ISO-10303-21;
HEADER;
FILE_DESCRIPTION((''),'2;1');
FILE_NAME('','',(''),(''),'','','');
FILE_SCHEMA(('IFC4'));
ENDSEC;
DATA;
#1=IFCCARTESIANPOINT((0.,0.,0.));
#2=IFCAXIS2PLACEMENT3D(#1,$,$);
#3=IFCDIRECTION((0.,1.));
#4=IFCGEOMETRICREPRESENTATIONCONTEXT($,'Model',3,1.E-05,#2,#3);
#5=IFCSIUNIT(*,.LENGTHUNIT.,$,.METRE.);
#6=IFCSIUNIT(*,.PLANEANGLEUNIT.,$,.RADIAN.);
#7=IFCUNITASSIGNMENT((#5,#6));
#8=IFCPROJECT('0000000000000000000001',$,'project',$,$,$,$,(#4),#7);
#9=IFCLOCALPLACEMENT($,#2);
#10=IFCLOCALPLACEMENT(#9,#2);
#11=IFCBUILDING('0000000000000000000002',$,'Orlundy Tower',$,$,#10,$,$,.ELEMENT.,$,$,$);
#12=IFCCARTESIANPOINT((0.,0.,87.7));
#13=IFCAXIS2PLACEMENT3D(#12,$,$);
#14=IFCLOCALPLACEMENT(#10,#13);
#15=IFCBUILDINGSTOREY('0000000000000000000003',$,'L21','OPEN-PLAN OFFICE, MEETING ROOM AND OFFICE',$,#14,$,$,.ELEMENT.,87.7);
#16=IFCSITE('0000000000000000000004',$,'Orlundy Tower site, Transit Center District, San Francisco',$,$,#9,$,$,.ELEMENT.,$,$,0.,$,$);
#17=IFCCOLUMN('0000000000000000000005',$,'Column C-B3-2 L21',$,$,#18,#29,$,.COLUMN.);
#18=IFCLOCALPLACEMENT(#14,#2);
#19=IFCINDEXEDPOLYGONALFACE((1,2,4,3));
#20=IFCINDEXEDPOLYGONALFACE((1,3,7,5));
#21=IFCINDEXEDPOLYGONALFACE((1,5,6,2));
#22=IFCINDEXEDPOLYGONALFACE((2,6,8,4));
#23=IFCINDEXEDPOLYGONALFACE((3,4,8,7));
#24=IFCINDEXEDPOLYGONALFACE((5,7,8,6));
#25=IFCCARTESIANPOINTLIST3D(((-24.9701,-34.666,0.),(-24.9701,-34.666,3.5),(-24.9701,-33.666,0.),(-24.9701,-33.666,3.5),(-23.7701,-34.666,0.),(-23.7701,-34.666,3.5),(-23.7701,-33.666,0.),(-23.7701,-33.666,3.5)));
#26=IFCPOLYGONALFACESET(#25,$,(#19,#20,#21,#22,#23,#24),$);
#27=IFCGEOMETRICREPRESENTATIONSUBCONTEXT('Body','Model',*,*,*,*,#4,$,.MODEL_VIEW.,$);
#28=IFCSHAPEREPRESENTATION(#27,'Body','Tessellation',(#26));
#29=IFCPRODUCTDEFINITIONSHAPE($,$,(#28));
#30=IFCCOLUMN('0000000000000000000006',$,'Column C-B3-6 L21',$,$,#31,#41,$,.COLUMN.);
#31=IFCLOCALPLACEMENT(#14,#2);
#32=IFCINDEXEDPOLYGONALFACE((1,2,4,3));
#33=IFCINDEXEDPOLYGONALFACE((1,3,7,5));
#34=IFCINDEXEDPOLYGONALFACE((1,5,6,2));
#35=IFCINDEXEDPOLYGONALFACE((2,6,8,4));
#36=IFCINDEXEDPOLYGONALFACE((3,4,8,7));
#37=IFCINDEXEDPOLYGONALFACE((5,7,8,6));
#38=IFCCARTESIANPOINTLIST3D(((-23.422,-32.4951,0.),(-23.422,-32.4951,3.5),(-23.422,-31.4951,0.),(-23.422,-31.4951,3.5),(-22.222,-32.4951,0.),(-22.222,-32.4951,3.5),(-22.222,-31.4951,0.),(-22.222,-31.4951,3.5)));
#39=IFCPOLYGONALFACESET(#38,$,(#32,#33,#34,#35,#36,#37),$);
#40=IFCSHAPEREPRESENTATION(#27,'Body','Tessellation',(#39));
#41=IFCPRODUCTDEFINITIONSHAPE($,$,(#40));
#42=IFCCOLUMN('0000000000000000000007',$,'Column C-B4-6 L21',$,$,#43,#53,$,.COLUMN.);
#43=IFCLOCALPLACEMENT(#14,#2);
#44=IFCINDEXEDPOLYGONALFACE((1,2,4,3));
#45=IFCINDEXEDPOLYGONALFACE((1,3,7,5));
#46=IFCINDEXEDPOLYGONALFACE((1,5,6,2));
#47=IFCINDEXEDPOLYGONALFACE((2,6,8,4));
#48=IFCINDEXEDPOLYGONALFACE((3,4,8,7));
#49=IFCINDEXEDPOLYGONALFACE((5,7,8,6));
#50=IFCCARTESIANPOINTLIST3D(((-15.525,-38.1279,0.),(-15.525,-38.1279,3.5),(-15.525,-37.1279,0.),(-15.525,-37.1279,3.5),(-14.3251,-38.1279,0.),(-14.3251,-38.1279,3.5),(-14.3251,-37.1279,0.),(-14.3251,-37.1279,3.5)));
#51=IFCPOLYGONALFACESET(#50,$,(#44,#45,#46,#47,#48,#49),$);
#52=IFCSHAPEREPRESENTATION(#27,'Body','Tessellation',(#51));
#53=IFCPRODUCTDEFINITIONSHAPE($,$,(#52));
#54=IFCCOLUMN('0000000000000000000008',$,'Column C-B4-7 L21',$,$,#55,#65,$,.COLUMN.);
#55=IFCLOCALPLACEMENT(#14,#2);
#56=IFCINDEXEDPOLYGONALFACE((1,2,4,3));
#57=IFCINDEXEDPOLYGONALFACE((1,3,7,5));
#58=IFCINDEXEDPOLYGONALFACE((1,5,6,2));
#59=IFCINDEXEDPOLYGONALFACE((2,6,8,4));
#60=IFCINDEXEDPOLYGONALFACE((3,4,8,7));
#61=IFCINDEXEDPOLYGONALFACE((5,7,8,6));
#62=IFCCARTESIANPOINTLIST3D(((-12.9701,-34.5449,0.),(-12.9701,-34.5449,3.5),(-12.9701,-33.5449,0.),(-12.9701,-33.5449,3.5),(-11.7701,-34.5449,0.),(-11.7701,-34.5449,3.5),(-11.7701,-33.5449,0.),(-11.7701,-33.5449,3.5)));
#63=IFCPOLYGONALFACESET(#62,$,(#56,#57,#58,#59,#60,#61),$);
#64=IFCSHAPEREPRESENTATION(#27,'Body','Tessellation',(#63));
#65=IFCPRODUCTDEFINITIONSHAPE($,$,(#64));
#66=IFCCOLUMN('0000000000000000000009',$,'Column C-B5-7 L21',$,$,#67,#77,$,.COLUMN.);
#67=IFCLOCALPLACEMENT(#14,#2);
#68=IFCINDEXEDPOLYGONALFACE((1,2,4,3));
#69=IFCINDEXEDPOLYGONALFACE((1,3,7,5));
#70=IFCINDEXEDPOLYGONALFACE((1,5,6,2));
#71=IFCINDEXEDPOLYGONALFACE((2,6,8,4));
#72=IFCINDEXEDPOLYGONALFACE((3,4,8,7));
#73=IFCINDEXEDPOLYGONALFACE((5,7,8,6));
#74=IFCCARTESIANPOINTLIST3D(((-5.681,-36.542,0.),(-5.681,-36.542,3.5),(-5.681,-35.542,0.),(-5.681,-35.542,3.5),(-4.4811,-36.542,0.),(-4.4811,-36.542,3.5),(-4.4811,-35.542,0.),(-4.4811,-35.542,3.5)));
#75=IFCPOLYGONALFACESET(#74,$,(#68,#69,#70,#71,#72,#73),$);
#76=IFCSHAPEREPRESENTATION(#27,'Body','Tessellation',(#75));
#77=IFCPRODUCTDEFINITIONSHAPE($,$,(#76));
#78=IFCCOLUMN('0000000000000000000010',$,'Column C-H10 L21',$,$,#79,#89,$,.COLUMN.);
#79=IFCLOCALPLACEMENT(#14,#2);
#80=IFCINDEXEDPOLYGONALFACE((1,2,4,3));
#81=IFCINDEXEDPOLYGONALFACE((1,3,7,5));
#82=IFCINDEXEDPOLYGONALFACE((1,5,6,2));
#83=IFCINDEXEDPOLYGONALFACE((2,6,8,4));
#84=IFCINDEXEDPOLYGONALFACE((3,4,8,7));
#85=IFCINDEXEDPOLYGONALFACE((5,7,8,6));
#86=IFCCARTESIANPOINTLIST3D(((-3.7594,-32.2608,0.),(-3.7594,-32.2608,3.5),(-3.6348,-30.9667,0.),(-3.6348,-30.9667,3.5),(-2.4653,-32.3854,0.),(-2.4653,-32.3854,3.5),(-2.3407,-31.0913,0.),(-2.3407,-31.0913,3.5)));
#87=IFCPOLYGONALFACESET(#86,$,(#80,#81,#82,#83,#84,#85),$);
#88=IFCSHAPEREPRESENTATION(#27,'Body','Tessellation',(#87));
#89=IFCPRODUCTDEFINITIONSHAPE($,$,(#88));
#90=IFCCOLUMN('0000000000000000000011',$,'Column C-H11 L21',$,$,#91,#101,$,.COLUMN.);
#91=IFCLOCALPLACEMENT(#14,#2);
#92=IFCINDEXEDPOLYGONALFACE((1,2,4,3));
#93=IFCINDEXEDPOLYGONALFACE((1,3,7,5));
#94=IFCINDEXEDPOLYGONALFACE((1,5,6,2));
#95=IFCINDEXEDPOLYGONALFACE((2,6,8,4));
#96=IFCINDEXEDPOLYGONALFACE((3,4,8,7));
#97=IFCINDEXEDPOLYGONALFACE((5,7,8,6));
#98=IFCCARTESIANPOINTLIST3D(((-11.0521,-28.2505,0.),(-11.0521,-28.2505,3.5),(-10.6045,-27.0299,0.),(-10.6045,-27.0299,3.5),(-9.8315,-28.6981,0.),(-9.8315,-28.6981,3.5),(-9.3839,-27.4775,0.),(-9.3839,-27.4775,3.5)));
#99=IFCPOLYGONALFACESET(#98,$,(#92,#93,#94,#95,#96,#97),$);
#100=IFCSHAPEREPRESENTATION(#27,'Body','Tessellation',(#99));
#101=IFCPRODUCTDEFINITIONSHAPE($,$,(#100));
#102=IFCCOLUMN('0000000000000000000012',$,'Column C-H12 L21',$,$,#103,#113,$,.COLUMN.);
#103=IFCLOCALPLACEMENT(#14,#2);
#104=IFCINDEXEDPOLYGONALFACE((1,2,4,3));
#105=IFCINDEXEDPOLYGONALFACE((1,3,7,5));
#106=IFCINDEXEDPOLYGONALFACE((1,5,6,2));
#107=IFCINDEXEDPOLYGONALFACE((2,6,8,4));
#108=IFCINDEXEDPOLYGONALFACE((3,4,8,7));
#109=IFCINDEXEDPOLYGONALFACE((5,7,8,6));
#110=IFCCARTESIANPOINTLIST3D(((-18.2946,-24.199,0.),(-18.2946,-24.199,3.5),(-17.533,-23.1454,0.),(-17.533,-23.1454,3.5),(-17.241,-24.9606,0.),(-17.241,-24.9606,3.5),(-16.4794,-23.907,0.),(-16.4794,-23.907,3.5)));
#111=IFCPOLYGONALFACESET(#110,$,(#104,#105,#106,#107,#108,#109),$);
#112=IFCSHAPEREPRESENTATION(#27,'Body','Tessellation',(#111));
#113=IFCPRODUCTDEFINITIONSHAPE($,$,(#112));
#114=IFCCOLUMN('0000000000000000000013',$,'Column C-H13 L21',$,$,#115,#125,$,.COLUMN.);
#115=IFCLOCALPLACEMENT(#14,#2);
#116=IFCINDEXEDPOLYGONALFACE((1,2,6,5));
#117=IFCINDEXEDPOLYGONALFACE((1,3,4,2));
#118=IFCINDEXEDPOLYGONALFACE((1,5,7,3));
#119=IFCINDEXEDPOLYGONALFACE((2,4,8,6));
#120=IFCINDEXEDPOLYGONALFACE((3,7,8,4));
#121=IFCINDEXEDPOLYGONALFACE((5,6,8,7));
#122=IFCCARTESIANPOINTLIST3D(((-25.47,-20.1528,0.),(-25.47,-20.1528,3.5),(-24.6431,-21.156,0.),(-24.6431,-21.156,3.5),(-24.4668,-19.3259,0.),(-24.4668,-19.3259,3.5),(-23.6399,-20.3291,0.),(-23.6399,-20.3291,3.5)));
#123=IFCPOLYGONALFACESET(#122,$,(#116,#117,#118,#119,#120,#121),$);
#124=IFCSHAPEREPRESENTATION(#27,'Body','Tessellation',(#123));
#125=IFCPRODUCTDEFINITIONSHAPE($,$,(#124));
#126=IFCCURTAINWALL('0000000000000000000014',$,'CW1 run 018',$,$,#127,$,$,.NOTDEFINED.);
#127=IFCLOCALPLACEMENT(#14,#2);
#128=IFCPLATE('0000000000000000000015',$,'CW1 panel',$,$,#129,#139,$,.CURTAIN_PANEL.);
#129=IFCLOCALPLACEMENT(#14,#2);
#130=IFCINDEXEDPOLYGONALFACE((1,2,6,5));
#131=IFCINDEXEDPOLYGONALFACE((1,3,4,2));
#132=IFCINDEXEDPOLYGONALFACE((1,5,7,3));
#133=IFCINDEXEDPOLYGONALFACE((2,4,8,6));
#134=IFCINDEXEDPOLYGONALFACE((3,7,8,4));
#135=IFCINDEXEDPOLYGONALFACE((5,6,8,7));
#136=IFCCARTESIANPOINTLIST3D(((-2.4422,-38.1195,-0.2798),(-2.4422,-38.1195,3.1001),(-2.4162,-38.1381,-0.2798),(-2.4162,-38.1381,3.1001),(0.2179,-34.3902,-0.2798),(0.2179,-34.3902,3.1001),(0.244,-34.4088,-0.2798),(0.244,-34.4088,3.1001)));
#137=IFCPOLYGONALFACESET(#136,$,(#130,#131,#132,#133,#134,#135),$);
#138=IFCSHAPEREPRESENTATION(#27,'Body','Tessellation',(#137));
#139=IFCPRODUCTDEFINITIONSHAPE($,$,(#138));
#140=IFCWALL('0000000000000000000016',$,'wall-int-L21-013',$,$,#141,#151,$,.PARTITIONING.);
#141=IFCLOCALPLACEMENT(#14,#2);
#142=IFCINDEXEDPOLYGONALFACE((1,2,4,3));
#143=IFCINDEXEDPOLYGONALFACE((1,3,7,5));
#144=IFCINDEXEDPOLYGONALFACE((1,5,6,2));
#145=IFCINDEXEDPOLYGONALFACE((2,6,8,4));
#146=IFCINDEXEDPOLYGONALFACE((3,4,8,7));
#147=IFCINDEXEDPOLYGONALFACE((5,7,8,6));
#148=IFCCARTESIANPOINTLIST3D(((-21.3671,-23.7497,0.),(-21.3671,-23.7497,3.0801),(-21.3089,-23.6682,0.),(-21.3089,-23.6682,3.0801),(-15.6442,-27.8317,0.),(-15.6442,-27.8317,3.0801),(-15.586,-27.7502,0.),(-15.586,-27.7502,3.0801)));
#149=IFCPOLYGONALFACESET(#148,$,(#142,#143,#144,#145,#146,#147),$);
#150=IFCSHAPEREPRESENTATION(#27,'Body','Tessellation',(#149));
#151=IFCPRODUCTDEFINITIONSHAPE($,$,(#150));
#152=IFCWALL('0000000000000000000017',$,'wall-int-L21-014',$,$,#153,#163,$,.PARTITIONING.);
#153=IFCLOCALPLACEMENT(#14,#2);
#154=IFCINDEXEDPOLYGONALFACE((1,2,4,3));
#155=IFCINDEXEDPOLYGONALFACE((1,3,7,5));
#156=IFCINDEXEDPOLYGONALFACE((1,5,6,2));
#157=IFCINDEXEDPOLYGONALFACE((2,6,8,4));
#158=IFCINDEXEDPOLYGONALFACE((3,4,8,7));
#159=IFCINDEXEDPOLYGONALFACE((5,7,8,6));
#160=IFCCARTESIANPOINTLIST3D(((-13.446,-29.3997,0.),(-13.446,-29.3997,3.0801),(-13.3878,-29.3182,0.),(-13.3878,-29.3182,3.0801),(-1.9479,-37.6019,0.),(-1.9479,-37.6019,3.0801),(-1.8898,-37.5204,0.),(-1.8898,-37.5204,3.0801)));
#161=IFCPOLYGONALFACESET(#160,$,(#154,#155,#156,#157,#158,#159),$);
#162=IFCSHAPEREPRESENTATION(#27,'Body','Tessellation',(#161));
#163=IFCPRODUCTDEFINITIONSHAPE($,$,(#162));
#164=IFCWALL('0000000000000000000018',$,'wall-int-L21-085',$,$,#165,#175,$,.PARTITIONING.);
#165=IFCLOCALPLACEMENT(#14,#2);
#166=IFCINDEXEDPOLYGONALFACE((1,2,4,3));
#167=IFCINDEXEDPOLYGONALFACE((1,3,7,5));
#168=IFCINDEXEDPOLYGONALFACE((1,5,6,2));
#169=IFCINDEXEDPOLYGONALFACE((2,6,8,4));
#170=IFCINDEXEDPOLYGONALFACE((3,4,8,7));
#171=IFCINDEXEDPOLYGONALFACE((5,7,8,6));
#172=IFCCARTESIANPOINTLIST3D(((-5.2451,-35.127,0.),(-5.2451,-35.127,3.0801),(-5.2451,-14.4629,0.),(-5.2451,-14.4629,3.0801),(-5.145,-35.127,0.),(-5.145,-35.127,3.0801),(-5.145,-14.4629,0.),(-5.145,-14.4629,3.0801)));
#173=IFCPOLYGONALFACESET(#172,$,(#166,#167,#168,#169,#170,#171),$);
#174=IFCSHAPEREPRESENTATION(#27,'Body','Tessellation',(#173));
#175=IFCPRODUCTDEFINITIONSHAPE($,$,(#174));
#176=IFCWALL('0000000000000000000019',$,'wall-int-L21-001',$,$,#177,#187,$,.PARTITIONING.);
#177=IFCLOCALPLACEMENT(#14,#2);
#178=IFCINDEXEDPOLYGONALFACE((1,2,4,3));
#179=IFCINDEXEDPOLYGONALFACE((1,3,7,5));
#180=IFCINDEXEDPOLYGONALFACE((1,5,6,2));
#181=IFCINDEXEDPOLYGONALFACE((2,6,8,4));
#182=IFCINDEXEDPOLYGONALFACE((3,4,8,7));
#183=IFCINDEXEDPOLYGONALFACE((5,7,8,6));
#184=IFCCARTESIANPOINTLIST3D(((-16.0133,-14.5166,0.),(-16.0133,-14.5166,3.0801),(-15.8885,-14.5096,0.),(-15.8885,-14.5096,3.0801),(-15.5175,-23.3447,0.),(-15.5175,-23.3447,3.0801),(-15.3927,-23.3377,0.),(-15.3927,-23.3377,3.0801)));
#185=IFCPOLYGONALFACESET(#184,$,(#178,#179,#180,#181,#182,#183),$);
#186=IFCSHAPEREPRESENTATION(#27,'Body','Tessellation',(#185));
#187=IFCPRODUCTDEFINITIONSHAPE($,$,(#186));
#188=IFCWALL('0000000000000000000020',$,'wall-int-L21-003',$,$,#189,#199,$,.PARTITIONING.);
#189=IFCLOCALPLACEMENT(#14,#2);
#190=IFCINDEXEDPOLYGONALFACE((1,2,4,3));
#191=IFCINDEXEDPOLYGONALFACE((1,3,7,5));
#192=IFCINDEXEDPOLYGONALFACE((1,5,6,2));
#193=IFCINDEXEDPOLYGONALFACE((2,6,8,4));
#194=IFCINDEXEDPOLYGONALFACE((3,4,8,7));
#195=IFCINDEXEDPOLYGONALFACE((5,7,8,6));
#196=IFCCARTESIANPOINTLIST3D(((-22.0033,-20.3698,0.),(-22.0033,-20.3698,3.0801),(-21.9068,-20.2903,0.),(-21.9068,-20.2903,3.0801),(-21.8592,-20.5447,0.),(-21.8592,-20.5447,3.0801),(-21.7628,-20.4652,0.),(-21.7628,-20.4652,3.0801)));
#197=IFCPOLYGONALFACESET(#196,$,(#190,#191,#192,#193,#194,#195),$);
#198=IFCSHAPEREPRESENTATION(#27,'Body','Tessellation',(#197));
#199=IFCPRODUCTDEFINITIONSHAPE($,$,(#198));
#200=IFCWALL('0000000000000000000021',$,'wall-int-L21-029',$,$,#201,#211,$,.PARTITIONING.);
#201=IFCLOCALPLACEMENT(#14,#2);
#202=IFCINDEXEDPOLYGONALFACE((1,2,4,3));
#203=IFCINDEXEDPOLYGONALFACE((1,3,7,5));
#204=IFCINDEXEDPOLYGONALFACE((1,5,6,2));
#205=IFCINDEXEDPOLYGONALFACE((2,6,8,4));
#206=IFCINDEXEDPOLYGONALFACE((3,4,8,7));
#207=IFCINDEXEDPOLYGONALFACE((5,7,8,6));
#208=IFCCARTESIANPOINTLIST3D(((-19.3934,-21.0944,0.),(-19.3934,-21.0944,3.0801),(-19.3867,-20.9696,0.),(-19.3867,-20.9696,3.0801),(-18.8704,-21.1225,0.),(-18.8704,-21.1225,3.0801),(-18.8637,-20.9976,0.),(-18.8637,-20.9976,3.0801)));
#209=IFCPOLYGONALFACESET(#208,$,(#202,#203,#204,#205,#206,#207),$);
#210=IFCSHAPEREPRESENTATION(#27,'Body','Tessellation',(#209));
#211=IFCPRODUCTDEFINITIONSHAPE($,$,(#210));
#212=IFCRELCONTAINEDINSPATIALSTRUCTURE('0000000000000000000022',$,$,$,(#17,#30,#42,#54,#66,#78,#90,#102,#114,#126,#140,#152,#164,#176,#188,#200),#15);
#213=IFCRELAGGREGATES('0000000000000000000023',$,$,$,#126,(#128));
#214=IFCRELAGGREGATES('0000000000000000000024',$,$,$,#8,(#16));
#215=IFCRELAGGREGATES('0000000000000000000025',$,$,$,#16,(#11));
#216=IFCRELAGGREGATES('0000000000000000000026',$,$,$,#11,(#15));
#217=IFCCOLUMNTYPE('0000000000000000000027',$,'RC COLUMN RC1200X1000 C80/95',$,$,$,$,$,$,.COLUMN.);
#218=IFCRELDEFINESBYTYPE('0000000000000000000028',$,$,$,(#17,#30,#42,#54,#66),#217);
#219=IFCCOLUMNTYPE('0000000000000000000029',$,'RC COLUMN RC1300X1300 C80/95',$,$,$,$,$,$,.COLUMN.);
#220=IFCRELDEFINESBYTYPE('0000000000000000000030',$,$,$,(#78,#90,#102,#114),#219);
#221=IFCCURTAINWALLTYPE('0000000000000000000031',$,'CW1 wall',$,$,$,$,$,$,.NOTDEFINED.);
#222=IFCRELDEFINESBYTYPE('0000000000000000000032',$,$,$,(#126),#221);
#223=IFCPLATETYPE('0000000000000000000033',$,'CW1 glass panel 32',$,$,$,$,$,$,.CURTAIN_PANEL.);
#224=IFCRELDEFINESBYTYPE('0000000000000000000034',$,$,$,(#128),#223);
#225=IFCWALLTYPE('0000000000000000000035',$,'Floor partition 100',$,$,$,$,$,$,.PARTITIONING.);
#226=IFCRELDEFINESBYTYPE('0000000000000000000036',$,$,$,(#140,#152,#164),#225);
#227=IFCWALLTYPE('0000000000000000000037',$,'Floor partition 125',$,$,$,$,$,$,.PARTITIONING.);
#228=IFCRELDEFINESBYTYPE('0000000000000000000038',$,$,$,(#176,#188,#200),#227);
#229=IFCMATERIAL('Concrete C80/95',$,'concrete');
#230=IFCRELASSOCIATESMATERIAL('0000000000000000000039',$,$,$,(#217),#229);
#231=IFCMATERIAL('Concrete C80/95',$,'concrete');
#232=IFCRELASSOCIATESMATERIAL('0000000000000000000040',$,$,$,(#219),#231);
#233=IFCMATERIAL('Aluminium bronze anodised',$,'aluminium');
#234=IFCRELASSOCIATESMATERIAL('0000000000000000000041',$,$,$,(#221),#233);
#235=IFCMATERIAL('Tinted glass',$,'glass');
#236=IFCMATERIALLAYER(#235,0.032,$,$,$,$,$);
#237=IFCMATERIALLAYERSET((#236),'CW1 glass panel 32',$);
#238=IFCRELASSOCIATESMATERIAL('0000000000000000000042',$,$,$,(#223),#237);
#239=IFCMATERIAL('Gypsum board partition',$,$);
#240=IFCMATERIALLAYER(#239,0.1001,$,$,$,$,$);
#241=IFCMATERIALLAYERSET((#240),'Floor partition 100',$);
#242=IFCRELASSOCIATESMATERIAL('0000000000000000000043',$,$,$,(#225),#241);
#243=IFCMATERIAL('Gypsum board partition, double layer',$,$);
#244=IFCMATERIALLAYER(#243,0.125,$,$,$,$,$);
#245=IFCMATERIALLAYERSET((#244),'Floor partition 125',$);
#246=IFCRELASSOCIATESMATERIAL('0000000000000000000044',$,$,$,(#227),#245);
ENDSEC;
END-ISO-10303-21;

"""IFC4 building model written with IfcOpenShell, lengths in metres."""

from ifc_helpers import new_model, si_unit, direction, frame, frame_2d, origin, origin_2d, place, context, subcontext, project, spatial, rectangle, extrude, material, layer, layer_set, material_profile, profile_set, type_object, element, aggregate, save


model = new_model("IFC4")

# Units and contexts
model_context = context("Model", 3, precision=1e-05, world=origin(), true_north=direction((0.0, 1.0)))
body_context = subcontext(model_context, "Body", "Model", "MODEL_VIEW")
ifc_project = project(units=[si_unit("LENGTHUNIT", "METRE"), si_unit("PLANEANGLEUNIT", "RADIAN")], contexts=[model_context])

# Site, building, storey
site_placement = place(None, origin())
site = spatial("IfcSite", under=ifc_project, at=site_placement, Name="Orlundy Tower site, Transit Center District, San Francisco", CompositionType="ELEMENT", RefElevation=0.0)
building_placement = place(site_placement, origin())
building = spatial("IfcBuilding", under=site, at=building_placement, Name="Orlundy Tower", CompositionType="ELEMENT")
storey_placement = place(building_placement, frame((0.0, 0.0, 87.7)))
storey = spatial("IfcBuildingStorey", under=building, at=storey_placement, Name="L21", Description="OPEN-PLAN OFFICE, MEETING ROOM AND OFFICE", CompositionType="ELEMENT", Elevation=87.7)

# Columns
ifc_material_1 = material(Name="Concrete C80/95", Category="concrete")
ifc_material_profile_1 = material_profile(ifc_material_1, rectangle(XDim=1.2, YDim=1.0, at=origin_2d()), Name="RC1200X1000")
ifc_profile_set_1 = profile_set([ifc_material_profile_1], Name="Concrete C80/95")
column_type_1 = type_object("IfcColumnType", Name="RC COLUMN RC1200X1000 C80/95", PredefinedType="COLUMN", material=ifc_profile_set_1)
for number, where, z_axis, x_axis, name in (
    (1, (-24.3701, -34.166, 0.0), (0.0, 0.0, 1.0), (1.0, 0.0, 0.0), "Column C-B3-2 L21"),
    (2, (-22.822, -31.9951, 0.0), (0.0, 0.0, 1.0), (1.0, 0.0, 0.0), "Column C-B3-6 L21"),
    (3, (-14.925, -37.6279, 0.0), (0.0, 0.0, 1.0), (1.0, 0.0, 0.0), "Column C-B4-6 L21"),
    (4, (-12.3701, -34.0449, 0.0), (0.0, 0.0, 1.0), (1.0, 0.0, 0.0), "Column C-B4-7 L21"),
    (5, (-5.0811, -36.042, 0.0), (0.0, 0.0, 1.0), (1.0, 0.0, 0.0), "Column C-B5-7 L21"),
):
    element("IfcColumn", number, at=place(storey_placement, frame(where, z_axis=z_axis, x_axis=x_axis)), inside=storey, type_object=column_type_1, Name=name, PredefinedType="COLUMN", context=body_context, shape_type="SweptSolid", body=[
        extrude(rectangle(XDim=1.2, YDim=1.0, at=origin_2d()), origin(), (0.0, 0.0, 1.0), 3.5),
    ])
ifc_material_2 = material(Name="Concrete C80/95", Category="concrete")
ifc_material_profile_2 = material_profile(ifc_material_2, rectangle(XDim=1.3, YDim=1.3, at=origin_2d()), Name="RC1300X1300")
ifc_profile_set_2 = profile_set([ifc_material_profile_2], Name="Concrete C80/95")
column_type_2 = type_object("IfcColumnType", Name="RC COLUMN RC1300X1300 C80/95", PredefinedType="COLUMN", material=ifc_profile_set_2)
for number, where, z_axis, x_axis, name in (
    (6, (-3.05, -31.676, 0.0), (0.0, 0.0, 1.0), (-0.095846, -0.995396, 0.0), "Column C-H10 L21"),
    (7, (-10.218, -27.864, 0.0), (0.0, 0.0, 1.0), (-0.344282, -0.938866, 0.0), "Column C-H11 L21"),
    (8, (-17.387, -24.053, 0.0), (0.0, 0.0, 1.0), (-0.585835, -0.81043, 0.0), "Column C-H12 L21"),
    (9, (-24.5549, -20.241, 0.0), (0.0, 0.0, 1.0), (-0.771636, -0.636065, 0.0), "Column C-H13 L21"),
):
    element("IfcColumn", number, at=place(storey_placement, frame(where, z_axis=z_axis, x_axis=x_axis)), inside=storey, type_object=column_type_2, Name=name, PredefinedType="COLUMN", context=body_context, shape_type="SweptSolid", body=[
        extrude(rectangle(XDim=1.3, YDim=1.3, at=origin_2d()), origin(), (0.0, 0.0, 1.0), 3.5),
    ])

# Curtain wall, plate
ifc_material_3 = material(Name="Aluminium bronze anodised", Category="aluminium")
curtain_wall_type = type_object("IfcCurtainWallType", Name="CW1 wall", PredefinedType="NOTDEFINED", material=ifc_material_3)
curtain_wall_placement = place(storey_placement, origin())
curtain_wall = element("IfcCurtainWall", 10, at=curtain_wall_placement, inside=storey, type_object=curtain_wall_type, Name="CW1 run 018", PredefinedType="NOTDEFINED")
ifc_material_4 = material(Name="Tinted glass", Category="glass")
ifc_layer_1 = layer(ifc_material_4, 0.032)
ifc_layer_set_1 = layer_set([ifc_layer_1], Name="CW1 glass panel 32")
plate_type = type_object("IfcPlateType", Name="CW1 glass panel 32", PredefinedType="CURTAIN_PANEL", material=ifc_layer_set_1)
plate_placement = place(storey_placement, frame((-1.0991, -36.2642, -0.2798), z_axis=(0.0, 0.0, 1.0), x_axis=(-0.58071, -0.81411, 0.0)))
plate = element("IfcPlate", 11, at=plate_placement, type_object=plate_type, Name="CW1 panel", PredefinedType="CURTAIN_PANEL", context=body_context, shape_type="SweptSolid", body=[
    extrude(rectangle(XDim=4.5808, YDim=0.032, at=origin_2d()), origin(), (0.0, 0.0, 1.0), 3.3799),
])
aggregate(curtain_wall, [plate])

# Walls
ifc_material_5 = material(Name="Gypsum board partition")
ifc_layer_2 = layer(ifc_material_5, 0.1001)
ifc_layer_set_2 = layer_set([ifc_layer_2], Name="Floor partition 100")
wall_type_1 = type_object("IfcWallType", Name="Floor partition 100", PredefinedType="PARTITIONING", material=ifc_layer_set_2)
wall_1_placement = place(storey_placement, frame((-21.3379, -23.709, 0.0), z_axis=(0.0, 0.0, 1.0), x_axis=(0.81412, -0.580696, 0.0)))
element("IfcWall", 12, at=wall_1_placement, inside=storey, type_object=wall_type_1, Name="wall-int-L21-013", PredefinedType="PARTITIONING", context=body_context, shape_type="SweptSolid", body=[
    extrude(rectangle(XDim=7.0295, YDim=0.1001, at=frame_2d((3.5146, 0.0))), origin(), (0.0, 0.0, 1.0), 3.0801),
])
wall_2_placement = place(storey_placement, frame((-13.417, -29.3589, 0.0), z_axis=(0.0, 0.0, 1.0), x_axis=(0.814093, -0.580734, 0.0)))
element("IfcWall", 13, at=wall_2_placement, inside=storey, type_object=wall_type_1, Name="wall-int-L21-014", PredefinedType="PARTITIONING", context=body_context, shape_type="SweptSolid", body=[
    extrude(rectangle(XDim=14.1238, YDim=0.1001, at=frame_2d((7.062, 0.0))), origin(), (0.0, 0.0, 1.0), 3.0801),
])
wall_3_placement = place(storey_placement, frame((-5.1951, -35.127, 0.0), z_axis=(0.0, 0.0, 1.0), x_axis=(0.0, 1.0, 0.0)))
element("IfcWall", 14, at=wall_3_placement, inside=storey, type_object=wall_type_1, Name="wall-int-L21-085", PredefinedType="PARTITIONING", context=body_context, shape_type="SweptSolid", body=[
    extrude(rectangle(XDim=20.6641, YDim=0.1001, at=frame_2d((10.332, 0.0))), origin(), (0.0, 0.0, 1.0), 3.0801),
])
ifc_material_6 = material(Name="Gypsum board partition, double layer")
ifc_layer_3 = layer(ifc_material_6, 0.125)
ifc_layer_set_3 = layer_set([ifc_layer_3], Name="Floor partition 125")
wall_type_2 = type_object("IfcWallType", Name="Floor partition 125", PredefinedType="PARTITIONING", material=ifc_layer_set_3)
wall_4_placement = place(storey_placement, frame((-15.4551, -23.3411, 0.0), z_axis=(0.0, 0.0, 1.0), x_axis=(-0.056079, 0.998426, 0.0)))
element("IfcWall", 15, at=wall_4_placement, inside=storey, type_object=wall_type_2, Name="wall-int-L21-001", PredefinedType="PARTITIONING", context=body_context, shape_type="SweptSolid", body=[
    extrude(rectangle(XDim=8.842, YDim=0.125, at=frame_2d((4.4209, 0.0))), origin(), (0.0, 0.0, 1.0), 3.0801),
])
wall_5_placement = place(storey_placement, frame((-21.9551, -20.3301, 0.0), z_axis=(0.0, 0.0, 1.0), x_axis=(0.635934, -0.771744, 0.0)))
element("IfcWall", 16, at=wall_5_placement, inside=storey, type_object=wall_type_2, Name="wall-int-L21-003", PredefinedType="PARTITIONING", context=body_context, shape_type="SweptSolid", body=[
    extrude(rectangle(XDim=0.2266, YDim=0.125, at=frame_2d((0.1133, 0.0))), origin(), (0.0, 0.0, 1.0), 3.0801),
])
wall_6_placement = place(storey_placement, frame((-19.3899, -21.032, 0.0), z_axis=(0.0, 0.0, 1.0), x_axis=(0.998562, -0.053611, 0.0)))
element("IfcWall", 17, at=wall_6_placement, inside=storey, type_object=wall_type_2, Name="wall-int-L21-029", PredefinedType="PARTITIONING", context=body_context, shape_type="SweptSolid", body=[
    extrude(rectangle(XDim=0.5237, YDim=0.125, at=frame_2d((0.2617, 0.0))), origin(), (0.0, 0.0, 1.0), 3.0801),
])

save(model, "model.ifc")
